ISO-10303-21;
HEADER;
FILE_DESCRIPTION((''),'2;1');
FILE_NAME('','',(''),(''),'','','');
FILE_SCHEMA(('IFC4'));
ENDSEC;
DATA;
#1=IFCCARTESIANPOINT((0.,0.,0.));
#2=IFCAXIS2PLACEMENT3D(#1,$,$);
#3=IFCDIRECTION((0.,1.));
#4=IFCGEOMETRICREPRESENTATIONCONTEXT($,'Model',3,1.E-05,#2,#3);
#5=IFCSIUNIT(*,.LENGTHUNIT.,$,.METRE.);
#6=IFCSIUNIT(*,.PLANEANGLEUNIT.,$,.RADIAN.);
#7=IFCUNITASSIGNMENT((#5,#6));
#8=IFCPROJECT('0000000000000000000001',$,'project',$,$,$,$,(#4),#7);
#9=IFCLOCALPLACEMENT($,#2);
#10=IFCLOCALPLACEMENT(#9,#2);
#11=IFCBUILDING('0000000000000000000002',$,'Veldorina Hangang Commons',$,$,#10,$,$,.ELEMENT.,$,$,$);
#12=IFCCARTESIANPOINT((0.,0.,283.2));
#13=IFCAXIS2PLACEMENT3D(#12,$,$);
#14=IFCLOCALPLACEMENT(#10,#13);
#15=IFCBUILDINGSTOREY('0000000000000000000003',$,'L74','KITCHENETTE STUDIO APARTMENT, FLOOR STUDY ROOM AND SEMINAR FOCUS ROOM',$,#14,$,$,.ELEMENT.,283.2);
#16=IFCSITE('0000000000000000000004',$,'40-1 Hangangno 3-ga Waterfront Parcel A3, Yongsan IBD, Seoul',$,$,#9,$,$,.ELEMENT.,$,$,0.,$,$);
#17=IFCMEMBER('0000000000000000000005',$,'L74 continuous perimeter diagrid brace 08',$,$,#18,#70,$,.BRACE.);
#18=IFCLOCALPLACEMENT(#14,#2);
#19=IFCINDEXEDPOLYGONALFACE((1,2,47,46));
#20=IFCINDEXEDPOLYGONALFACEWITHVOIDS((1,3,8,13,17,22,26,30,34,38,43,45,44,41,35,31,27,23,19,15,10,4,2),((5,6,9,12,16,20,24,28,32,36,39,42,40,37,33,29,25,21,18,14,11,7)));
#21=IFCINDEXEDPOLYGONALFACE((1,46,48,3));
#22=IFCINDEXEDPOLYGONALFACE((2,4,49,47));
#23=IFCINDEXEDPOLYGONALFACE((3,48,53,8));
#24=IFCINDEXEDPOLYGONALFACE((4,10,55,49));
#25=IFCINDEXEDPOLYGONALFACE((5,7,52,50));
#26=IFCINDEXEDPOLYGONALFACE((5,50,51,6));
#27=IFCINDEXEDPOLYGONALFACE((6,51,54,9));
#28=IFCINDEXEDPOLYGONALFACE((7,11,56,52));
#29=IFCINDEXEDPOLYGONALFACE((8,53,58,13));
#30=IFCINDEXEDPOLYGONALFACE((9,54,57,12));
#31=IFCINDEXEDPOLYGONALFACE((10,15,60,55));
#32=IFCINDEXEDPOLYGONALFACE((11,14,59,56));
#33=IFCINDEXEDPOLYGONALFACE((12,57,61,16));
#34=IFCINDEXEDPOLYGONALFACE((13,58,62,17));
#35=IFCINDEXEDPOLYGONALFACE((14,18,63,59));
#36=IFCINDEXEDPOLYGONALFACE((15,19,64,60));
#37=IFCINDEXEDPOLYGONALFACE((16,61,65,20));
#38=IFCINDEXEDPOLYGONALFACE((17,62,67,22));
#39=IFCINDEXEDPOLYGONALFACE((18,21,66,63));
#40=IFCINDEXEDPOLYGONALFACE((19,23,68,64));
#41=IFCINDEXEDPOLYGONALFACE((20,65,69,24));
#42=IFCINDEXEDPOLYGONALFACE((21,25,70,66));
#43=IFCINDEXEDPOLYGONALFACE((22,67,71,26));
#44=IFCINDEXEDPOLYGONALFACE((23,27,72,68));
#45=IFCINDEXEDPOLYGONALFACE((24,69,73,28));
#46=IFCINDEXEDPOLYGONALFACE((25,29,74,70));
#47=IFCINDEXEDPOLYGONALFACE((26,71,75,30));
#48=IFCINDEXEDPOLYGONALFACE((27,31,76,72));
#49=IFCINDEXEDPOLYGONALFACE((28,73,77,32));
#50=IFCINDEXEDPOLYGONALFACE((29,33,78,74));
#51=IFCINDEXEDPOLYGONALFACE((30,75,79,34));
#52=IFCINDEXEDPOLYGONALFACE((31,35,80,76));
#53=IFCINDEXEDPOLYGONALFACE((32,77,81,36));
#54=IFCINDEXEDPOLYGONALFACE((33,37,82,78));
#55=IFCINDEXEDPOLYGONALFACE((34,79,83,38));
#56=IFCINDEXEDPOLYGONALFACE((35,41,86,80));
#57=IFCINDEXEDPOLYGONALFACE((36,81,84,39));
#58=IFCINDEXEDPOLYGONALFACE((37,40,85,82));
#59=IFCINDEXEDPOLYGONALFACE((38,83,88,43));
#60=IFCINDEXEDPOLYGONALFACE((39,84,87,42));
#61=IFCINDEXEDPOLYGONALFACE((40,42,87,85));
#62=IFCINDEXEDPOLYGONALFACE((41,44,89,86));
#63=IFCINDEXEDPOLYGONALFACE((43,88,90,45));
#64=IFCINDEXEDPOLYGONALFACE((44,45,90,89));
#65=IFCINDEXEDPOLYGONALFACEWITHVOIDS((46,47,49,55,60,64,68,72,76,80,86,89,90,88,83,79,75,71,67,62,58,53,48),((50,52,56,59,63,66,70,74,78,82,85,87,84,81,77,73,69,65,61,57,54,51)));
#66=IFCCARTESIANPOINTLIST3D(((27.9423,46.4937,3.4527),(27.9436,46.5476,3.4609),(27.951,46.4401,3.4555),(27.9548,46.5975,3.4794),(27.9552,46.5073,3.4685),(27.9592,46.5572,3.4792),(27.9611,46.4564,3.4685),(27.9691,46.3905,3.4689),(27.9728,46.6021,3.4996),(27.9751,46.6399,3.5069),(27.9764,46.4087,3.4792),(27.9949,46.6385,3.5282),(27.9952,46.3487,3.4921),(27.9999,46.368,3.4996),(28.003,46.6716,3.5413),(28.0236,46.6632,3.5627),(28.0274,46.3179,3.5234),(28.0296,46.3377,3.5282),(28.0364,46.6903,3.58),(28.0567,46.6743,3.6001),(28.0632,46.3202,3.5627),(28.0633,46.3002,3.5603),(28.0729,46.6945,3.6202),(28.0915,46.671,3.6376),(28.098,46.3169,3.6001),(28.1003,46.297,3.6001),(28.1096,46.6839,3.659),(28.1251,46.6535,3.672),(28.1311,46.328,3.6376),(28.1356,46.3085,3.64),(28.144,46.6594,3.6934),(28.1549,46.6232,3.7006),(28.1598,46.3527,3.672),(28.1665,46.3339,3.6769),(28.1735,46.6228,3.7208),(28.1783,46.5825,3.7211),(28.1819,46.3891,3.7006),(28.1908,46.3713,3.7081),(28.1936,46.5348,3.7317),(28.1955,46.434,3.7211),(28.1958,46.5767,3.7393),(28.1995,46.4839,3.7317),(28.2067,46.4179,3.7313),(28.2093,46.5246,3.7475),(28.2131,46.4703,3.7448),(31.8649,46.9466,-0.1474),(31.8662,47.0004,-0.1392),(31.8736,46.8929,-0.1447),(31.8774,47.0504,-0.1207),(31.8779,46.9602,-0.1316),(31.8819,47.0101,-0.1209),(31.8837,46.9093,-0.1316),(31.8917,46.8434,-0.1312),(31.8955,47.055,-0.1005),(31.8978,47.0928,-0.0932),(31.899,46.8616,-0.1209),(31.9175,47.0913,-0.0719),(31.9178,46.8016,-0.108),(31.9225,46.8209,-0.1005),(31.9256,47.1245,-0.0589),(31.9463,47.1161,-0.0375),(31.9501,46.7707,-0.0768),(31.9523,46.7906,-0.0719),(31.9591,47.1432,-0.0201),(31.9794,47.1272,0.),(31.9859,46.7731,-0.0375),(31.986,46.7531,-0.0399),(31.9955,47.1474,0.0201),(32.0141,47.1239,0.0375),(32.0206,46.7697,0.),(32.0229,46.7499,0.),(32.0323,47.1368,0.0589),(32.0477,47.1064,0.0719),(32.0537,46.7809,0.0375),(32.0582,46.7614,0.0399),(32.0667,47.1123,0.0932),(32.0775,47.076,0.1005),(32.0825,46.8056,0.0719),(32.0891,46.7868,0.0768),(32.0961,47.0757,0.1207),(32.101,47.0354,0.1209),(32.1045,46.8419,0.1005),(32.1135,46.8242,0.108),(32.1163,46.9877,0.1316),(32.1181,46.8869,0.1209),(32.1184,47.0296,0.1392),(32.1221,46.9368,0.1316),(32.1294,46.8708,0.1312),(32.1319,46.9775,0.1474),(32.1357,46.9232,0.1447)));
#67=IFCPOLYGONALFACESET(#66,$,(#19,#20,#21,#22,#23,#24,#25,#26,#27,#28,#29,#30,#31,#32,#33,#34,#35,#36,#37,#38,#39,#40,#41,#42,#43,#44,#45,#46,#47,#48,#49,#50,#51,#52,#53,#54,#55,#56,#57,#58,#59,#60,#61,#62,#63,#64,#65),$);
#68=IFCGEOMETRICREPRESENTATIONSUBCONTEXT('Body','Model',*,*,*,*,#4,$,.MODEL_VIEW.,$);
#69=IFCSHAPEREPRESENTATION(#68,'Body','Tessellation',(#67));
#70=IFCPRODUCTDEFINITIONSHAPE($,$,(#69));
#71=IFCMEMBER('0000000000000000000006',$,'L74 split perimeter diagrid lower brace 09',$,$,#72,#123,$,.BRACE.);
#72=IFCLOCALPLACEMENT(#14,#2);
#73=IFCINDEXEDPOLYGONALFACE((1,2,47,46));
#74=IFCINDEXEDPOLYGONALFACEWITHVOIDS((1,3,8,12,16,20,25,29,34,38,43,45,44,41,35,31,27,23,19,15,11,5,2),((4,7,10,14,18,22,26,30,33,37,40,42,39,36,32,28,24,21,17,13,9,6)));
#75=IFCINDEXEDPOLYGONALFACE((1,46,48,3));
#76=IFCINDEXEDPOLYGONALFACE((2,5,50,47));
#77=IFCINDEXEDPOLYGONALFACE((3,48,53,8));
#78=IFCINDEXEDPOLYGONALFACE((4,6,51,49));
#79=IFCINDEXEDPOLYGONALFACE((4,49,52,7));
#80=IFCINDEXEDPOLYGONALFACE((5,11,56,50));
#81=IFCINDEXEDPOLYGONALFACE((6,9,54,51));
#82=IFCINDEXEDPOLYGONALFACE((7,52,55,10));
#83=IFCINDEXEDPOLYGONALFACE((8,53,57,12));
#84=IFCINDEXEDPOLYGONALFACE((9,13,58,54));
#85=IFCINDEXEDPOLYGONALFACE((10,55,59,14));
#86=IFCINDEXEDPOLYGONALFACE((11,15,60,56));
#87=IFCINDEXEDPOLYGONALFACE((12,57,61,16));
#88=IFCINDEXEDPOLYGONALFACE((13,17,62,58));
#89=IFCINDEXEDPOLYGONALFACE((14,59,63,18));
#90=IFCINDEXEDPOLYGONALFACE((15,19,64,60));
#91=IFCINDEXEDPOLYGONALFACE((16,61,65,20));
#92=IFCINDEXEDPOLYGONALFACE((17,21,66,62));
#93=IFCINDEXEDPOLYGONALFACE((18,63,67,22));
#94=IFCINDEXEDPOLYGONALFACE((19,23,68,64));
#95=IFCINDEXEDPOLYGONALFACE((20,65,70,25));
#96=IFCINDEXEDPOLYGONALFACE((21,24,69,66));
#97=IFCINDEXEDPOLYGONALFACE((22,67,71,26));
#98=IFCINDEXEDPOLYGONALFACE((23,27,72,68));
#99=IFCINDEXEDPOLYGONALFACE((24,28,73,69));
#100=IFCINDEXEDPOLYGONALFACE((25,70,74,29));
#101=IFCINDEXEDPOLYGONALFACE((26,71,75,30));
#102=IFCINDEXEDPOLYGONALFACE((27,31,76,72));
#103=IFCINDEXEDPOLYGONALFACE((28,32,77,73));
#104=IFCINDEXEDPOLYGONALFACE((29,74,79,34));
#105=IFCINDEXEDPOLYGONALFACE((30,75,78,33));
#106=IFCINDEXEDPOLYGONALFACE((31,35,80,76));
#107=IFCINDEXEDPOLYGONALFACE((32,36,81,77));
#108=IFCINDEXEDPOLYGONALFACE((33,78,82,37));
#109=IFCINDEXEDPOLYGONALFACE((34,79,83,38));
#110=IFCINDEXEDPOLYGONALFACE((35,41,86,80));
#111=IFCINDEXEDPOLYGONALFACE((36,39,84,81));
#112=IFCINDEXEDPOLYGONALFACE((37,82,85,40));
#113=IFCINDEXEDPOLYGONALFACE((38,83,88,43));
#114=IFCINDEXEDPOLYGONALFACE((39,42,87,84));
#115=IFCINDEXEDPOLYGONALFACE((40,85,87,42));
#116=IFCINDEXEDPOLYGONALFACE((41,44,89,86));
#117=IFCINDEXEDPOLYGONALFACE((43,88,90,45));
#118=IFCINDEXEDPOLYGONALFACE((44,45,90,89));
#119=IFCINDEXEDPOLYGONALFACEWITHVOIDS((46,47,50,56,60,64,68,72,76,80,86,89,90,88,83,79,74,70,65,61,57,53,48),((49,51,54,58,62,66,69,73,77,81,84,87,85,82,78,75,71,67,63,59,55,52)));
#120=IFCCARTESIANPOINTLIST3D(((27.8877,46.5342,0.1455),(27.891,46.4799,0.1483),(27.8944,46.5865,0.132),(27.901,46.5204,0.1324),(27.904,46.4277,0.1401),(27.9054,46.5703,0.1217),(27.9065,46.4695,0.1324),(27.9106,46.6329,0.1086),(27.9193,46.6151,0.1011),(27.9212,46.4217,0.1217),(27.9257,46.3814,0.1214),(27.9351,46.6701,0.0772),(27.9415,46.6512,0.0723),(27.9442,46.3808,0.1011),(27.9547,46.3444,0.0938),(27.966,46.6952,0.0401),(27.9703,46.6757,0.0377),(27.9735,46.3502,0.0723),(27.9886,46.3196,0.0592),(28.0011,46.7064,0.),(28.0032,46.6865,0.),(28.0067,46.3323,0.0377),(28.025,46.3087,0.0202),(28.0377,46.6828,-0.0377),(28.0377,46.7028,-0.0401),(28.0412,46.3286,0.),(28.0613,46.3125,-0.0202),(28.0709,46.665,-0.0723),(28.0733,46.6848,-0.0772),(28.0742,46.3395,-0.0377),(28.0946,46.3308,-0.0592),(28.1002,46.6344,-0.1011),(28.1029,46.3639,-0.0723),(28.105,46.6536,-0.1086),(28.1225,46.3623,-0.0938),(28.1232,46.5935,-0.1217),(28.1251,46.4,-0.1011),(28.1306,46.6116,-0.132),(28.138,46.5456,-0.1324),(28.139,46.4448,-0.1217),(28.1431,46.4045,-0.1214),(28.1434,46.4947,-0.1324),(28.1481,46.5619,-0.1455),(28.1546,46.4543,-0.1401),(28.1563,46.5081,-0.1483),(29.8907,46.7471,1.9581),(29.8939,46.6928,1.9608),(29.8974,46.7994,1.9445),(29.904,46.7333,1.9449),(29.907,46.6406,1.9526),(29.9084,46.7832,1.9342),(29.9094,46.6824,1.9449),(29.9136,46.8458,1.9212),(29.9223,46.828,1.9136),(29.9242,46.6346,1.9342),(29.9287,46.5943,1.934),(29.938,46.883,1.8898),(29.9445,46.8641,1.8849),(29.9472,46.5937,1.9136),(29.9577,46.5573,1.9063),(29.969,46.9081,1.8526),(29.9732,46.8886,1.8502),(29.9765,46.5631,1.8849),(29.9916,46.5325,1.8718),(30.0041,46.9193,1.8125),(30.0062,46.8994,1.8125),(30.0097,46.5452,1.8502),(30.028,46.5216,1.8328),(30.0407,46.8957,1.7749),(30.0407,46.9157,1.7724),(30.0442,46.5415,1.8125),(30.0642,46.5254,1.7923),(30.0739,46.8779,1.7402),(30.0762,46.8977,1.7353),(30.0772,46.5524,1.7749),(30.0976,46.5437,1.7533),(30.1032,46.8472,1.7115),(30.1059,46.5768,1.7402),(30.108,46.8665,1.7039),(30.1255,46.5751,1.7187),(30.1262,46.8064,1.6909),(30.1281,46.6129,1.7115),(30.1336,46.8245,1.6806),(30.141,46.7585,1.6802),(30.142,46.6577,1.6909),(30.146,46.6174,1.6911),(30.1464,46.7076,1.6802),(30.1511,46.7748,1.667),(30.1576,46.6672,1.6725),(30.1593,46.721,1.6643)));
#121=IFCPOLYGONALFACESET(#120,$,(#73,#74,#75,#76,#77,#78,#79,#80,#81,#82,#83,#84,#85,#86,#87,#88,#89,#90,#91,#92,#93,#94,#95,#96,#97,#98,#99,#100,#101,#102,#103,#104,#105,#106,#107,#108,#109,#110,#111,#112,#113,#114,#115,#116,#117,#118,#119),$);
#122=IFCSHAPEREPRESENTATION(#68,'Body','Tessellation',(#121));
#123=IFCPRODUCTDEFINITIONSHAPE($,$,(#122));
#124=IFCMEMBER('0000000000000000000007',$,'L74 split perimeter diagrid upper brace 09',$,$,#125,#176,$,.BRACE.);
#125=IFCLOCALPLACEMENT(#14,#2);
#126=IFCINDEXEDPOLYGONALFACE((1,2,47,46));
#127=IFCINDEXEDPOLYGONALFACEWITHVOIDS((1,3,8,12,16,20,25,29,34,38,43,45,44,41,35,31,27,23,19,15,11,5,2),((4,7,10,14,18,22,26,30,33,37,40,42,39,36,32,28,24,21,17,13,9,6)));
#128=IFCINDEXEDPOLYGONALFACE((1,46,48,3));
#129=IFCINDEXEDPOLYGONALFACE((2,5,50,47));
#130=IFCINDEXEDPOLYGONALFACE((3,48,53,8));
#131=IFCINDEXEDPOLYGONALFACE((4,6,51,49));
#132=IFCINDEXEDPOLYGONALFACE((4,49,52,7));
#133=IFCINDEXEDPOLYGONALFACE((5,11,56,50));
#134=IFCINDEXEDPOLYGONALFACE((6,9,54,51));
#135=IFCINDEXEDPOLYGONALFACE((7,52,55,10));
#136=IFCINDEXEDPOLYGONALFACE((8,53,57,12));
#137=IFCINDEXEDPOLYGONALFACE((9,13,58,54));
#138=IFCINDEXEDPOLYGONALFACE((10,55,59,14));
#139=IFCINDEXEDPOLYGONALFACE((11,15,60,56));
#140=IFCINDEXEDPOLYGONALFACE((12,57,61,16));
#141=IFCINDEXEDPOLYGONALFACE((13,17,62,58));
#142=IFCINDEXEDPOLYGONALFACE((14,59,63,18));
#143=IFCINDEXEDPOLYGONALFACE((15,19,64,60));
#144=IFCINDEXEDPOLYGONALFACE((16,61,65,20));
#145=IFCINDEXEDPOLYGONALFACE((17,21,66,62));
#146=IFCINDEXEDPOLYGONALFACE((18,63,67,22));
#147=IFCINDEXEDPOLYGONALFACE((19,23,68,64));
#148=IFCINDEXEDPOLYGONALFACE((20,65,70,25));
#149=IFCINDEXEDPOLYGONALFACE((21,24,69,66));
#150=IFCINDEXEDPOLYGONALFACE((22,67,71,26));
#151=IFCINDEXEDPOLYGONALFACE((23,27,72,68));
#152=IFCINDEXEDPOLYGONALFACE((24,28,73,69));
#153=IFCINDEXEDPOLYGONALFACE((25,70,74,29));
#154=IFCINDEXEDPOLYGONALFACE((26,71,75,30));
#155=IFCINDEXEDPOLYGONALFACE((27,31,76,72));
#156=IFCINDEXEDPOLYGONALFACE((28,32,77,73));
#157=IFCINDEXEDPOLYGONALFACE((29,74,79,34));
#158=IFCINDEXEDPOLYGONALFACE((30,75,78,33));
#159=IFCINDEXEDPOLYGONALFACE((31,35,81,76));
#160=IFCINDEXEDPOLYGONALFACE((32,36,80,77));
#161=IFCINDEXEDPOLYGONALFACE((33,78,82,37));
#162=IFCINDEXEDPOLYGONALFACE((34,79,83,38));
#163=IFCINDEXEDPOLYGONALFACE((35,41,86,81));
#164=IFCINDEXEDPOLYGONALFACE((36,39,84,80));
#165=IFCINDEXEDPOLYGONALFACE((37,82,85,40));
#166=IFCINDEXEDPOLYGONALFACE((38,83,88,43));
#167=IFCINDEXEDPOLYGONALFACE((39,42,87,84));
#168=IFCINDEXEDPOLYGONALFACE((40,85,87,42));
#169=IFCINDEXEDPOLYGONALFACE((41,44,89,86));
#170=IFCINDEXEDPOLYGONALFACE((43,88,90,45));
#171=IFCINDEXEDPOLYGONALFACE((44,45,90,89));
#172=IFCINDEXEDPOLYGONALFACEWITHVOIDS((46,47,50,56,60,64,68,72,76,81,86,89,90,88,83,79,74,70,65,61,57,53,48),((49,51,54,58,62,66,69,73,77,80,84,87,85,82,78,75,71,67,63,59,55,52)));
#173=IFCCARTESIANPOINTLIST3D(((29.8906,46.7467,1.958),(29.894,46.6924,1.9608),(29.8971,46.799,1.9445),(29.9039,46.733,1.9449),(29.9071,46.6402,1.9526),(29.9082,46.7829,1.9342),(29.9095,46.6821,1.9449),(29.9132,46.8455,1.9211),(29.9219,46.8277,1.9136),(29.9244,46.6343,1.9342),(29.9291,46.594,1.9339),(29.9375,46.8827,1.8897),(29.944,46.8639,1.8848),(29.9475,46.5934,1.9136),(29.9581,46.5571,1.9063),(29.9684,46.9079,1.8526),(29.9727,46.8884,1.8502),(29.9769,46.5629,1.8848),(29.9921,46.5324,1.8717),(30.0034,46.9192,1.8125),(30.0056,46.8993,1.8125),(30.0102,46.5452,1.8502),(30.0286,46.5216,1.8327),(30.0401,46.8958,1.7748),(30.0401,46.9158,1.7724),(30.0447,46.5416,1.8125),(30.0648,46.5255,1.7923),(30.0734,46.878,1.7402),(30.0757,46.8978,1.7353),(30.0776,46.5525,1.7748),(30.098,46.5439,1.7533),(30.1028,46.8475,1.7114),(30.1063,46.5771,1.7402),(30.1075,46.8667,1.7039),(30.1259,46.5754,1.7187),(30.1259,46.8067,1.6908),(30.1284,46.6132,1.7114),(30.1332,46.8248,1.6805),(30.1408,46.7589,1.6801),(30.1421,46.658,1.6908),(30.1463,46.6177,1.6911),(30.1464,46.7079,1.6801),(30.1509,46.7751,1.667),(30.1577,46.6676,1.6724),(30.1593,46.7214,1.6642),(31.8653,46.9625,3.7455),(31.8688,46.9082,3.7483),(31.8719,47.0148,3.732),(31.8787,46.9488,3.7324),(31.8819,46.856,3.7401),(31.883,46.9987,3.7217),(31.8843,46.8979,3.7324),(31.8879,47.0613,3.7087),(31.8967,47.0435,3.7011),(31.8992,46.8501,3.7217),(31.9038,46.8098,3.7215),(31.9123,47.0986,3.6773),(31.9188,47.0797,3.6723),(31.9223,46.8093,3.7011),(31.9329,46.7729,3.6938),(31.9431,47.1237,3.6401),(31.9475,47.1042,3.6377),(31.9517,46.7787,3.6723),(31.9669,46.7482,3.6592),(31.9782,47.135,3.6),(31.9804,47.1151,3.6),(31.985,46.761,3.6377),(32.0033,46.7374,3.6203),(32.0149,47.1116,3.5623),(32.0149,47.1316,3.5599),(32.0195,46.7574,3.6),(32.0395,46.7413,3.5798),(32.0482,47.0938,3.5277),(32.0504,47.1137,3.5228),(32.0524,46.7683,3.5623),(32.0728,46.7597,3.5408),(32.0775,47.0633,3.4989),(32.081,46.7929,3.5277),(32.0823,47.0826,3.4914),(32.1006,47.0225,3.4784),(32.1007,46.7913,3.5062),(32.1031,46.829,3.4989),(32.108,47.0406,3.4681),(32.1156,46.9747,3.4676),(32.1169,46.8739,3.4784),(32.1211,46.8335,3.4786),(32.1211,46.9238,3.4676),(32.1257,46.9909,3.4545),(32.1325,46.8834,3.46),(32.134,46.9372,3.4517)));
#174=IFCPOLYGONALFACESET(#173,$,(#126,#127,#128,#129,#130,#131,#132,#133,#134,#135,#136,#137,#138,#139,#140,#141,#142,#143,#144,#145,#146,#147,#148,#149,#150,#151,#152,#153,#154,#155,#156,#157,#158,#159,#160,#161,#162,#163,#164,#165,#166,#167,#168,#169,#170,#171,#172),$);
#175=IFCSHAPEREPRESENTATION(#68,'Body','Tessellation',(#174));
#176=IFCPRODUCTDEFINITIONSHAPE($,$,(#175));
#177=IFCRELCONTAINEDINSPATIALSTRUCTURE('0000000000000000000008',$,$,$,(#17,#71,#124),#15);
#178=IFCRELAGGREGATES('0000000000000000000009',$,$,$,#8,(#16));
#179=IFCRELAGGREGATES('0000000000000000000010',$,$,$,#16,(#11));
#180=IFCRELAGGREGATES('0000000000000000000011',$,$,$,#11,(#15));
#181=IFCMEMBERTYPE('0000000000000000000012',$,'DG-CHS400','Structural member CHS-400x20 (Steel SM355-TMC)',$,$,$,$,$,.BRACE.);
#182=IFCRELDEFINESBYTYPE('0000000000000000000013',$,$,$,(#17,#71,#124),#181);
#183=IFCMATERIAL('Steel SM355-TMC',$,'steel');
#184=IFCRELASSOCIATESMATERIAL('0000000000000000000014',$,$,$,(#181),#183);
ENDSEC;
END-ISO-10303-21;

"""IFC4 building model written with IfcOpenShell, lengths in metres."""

from ifc_helpers import new_model, si_unit, direction, frame, origin, origin_2d, place, context, subcontext, project, spatial, hollow_circle, extrude, material, material_profile, profile_set, type_object, element, save


model = new_model("IFC4")

# Units and contexts
model_context = context("Model", 3, precision=1e-05, world=origin(), true_north=direction((0.0, 1.0)))
body_context = subcontext(model_context, "Body", "Model", "MODEL_VIEW")
ifc_project = project(units=[si_unit("LENGTHUNIT", "METRE"), si_unit("PLANEANGLEUNIT", "RADIAN")], contexts=[model_context])

# Site, building, storey
site_placement = place(None, origin())
site = spatial("IfcSite", under=ifc_project, at=site_placement, Name="40-1 Hangangno 3-ga Waterfront Parcel A3, Yongsan IBD, Seoul", CompositionType="ELEMENT", RefElevation=0.0)
building_placement = place(site_placement, origin())
building = spatial("IfcBuilding", under=site, at=building_placement, Name="Veldorina Hangang Commons", CompositionType="ELEMENT")
storey_placement = place(building_placement, frame((0.0, 0.0, 283.2)))
storey = spatial("IfcBuildingStorey", under=building, at=storey_placement, Name="L74", Description="KITCHENETTE STUDIO APARTMENT, FLOOR STUDY ROOM AND SEMINAR FOCUS ROOM", CompositionType="ELEMENT", Elevation=283.2)

# Shared definitions
ifc_material_1 = material(Name="Steel SM355-TMC", Category="steel")

# Members
ifc_material_profile_1 = material_profile(ifc_material_1, hollow_circle(Radius=0.2, WallThickness=0.02, at=origin_2d()), Name="CHS-400x20")
ifc_profile_set_1 = profile_set([ifc_material_profile_1], Name="Steel SM355-TMC")
member_type_1 = type_object("IfcMemberType", Name="DG-CHS400", Description="Structural member CHS-400x20 (Steel SM355-TMC)", PredefinedType="BRACE", material=ifc_profile_set_1)
member_1_placement = place(storey_placement, frame((32.0, 46.9485, 0.0), z_axis=(-0.734094, -0.084754, 0.673738), x_axis=(0.114692, -0.993401, 0.0)))
element("IfcMember", 1, at=member_1_placement, inside=storey, type_object=member_type_1, Name="L74 continuous perimeter diagrid brace 08", PredefinedType="BRACE", context=body_context, shape_type="SweptSolid", body=[
    extrude(hollow_circle(Radius=0.2, WallThickness=0.02, at=origin_2d()), origin(), (0.0, 0.0, 1.0), 5.3435),
])
member_2_placement = place(storey_placement, frame((28.0222, 46.5076, 0.0), z_axis=(0.739184, 0.078568, 0.668905), x_axis=(-0.105694, 0.994399, 0.0)))
element("IfcMember", 2, at=member_2_placement, inside=storey, type_object=member_type_1, Name="L74 split perimeter diagrid lower brace 09", PredefinedType="BRACE", context=body_context, shape_type="SweptSolid", body=[
    extrude(hollow_circle(Radius=0.2, WallThickness=0.02, at=origin_2d()), origin(), (0.0, 0.0, 1.0), 2.7097),
])
member_3_placement = place(storey_placement, frame((30.0251, 46.7205, 1.8125), z_axis=(0.73896, 0.080757, 0.668892), x_axis=(-0.108637, 0.994081, 0.0)))
element("IfcMember", 3, at=member_3_placement, inside=storey, type_object=member_type_1, Name="L74 split perimeter diagrid upper brace 09", PredefinedType="BRACE", context=body_context, shape_type="SweptSolid", body=[
    extrude(hollow_circle(Radius=0.2, WallThickness=0.02, at=origin_2d()), origin(), (0.0, 0.0, 1.0), 2.6724),
])

save(model, "model.ifc")
